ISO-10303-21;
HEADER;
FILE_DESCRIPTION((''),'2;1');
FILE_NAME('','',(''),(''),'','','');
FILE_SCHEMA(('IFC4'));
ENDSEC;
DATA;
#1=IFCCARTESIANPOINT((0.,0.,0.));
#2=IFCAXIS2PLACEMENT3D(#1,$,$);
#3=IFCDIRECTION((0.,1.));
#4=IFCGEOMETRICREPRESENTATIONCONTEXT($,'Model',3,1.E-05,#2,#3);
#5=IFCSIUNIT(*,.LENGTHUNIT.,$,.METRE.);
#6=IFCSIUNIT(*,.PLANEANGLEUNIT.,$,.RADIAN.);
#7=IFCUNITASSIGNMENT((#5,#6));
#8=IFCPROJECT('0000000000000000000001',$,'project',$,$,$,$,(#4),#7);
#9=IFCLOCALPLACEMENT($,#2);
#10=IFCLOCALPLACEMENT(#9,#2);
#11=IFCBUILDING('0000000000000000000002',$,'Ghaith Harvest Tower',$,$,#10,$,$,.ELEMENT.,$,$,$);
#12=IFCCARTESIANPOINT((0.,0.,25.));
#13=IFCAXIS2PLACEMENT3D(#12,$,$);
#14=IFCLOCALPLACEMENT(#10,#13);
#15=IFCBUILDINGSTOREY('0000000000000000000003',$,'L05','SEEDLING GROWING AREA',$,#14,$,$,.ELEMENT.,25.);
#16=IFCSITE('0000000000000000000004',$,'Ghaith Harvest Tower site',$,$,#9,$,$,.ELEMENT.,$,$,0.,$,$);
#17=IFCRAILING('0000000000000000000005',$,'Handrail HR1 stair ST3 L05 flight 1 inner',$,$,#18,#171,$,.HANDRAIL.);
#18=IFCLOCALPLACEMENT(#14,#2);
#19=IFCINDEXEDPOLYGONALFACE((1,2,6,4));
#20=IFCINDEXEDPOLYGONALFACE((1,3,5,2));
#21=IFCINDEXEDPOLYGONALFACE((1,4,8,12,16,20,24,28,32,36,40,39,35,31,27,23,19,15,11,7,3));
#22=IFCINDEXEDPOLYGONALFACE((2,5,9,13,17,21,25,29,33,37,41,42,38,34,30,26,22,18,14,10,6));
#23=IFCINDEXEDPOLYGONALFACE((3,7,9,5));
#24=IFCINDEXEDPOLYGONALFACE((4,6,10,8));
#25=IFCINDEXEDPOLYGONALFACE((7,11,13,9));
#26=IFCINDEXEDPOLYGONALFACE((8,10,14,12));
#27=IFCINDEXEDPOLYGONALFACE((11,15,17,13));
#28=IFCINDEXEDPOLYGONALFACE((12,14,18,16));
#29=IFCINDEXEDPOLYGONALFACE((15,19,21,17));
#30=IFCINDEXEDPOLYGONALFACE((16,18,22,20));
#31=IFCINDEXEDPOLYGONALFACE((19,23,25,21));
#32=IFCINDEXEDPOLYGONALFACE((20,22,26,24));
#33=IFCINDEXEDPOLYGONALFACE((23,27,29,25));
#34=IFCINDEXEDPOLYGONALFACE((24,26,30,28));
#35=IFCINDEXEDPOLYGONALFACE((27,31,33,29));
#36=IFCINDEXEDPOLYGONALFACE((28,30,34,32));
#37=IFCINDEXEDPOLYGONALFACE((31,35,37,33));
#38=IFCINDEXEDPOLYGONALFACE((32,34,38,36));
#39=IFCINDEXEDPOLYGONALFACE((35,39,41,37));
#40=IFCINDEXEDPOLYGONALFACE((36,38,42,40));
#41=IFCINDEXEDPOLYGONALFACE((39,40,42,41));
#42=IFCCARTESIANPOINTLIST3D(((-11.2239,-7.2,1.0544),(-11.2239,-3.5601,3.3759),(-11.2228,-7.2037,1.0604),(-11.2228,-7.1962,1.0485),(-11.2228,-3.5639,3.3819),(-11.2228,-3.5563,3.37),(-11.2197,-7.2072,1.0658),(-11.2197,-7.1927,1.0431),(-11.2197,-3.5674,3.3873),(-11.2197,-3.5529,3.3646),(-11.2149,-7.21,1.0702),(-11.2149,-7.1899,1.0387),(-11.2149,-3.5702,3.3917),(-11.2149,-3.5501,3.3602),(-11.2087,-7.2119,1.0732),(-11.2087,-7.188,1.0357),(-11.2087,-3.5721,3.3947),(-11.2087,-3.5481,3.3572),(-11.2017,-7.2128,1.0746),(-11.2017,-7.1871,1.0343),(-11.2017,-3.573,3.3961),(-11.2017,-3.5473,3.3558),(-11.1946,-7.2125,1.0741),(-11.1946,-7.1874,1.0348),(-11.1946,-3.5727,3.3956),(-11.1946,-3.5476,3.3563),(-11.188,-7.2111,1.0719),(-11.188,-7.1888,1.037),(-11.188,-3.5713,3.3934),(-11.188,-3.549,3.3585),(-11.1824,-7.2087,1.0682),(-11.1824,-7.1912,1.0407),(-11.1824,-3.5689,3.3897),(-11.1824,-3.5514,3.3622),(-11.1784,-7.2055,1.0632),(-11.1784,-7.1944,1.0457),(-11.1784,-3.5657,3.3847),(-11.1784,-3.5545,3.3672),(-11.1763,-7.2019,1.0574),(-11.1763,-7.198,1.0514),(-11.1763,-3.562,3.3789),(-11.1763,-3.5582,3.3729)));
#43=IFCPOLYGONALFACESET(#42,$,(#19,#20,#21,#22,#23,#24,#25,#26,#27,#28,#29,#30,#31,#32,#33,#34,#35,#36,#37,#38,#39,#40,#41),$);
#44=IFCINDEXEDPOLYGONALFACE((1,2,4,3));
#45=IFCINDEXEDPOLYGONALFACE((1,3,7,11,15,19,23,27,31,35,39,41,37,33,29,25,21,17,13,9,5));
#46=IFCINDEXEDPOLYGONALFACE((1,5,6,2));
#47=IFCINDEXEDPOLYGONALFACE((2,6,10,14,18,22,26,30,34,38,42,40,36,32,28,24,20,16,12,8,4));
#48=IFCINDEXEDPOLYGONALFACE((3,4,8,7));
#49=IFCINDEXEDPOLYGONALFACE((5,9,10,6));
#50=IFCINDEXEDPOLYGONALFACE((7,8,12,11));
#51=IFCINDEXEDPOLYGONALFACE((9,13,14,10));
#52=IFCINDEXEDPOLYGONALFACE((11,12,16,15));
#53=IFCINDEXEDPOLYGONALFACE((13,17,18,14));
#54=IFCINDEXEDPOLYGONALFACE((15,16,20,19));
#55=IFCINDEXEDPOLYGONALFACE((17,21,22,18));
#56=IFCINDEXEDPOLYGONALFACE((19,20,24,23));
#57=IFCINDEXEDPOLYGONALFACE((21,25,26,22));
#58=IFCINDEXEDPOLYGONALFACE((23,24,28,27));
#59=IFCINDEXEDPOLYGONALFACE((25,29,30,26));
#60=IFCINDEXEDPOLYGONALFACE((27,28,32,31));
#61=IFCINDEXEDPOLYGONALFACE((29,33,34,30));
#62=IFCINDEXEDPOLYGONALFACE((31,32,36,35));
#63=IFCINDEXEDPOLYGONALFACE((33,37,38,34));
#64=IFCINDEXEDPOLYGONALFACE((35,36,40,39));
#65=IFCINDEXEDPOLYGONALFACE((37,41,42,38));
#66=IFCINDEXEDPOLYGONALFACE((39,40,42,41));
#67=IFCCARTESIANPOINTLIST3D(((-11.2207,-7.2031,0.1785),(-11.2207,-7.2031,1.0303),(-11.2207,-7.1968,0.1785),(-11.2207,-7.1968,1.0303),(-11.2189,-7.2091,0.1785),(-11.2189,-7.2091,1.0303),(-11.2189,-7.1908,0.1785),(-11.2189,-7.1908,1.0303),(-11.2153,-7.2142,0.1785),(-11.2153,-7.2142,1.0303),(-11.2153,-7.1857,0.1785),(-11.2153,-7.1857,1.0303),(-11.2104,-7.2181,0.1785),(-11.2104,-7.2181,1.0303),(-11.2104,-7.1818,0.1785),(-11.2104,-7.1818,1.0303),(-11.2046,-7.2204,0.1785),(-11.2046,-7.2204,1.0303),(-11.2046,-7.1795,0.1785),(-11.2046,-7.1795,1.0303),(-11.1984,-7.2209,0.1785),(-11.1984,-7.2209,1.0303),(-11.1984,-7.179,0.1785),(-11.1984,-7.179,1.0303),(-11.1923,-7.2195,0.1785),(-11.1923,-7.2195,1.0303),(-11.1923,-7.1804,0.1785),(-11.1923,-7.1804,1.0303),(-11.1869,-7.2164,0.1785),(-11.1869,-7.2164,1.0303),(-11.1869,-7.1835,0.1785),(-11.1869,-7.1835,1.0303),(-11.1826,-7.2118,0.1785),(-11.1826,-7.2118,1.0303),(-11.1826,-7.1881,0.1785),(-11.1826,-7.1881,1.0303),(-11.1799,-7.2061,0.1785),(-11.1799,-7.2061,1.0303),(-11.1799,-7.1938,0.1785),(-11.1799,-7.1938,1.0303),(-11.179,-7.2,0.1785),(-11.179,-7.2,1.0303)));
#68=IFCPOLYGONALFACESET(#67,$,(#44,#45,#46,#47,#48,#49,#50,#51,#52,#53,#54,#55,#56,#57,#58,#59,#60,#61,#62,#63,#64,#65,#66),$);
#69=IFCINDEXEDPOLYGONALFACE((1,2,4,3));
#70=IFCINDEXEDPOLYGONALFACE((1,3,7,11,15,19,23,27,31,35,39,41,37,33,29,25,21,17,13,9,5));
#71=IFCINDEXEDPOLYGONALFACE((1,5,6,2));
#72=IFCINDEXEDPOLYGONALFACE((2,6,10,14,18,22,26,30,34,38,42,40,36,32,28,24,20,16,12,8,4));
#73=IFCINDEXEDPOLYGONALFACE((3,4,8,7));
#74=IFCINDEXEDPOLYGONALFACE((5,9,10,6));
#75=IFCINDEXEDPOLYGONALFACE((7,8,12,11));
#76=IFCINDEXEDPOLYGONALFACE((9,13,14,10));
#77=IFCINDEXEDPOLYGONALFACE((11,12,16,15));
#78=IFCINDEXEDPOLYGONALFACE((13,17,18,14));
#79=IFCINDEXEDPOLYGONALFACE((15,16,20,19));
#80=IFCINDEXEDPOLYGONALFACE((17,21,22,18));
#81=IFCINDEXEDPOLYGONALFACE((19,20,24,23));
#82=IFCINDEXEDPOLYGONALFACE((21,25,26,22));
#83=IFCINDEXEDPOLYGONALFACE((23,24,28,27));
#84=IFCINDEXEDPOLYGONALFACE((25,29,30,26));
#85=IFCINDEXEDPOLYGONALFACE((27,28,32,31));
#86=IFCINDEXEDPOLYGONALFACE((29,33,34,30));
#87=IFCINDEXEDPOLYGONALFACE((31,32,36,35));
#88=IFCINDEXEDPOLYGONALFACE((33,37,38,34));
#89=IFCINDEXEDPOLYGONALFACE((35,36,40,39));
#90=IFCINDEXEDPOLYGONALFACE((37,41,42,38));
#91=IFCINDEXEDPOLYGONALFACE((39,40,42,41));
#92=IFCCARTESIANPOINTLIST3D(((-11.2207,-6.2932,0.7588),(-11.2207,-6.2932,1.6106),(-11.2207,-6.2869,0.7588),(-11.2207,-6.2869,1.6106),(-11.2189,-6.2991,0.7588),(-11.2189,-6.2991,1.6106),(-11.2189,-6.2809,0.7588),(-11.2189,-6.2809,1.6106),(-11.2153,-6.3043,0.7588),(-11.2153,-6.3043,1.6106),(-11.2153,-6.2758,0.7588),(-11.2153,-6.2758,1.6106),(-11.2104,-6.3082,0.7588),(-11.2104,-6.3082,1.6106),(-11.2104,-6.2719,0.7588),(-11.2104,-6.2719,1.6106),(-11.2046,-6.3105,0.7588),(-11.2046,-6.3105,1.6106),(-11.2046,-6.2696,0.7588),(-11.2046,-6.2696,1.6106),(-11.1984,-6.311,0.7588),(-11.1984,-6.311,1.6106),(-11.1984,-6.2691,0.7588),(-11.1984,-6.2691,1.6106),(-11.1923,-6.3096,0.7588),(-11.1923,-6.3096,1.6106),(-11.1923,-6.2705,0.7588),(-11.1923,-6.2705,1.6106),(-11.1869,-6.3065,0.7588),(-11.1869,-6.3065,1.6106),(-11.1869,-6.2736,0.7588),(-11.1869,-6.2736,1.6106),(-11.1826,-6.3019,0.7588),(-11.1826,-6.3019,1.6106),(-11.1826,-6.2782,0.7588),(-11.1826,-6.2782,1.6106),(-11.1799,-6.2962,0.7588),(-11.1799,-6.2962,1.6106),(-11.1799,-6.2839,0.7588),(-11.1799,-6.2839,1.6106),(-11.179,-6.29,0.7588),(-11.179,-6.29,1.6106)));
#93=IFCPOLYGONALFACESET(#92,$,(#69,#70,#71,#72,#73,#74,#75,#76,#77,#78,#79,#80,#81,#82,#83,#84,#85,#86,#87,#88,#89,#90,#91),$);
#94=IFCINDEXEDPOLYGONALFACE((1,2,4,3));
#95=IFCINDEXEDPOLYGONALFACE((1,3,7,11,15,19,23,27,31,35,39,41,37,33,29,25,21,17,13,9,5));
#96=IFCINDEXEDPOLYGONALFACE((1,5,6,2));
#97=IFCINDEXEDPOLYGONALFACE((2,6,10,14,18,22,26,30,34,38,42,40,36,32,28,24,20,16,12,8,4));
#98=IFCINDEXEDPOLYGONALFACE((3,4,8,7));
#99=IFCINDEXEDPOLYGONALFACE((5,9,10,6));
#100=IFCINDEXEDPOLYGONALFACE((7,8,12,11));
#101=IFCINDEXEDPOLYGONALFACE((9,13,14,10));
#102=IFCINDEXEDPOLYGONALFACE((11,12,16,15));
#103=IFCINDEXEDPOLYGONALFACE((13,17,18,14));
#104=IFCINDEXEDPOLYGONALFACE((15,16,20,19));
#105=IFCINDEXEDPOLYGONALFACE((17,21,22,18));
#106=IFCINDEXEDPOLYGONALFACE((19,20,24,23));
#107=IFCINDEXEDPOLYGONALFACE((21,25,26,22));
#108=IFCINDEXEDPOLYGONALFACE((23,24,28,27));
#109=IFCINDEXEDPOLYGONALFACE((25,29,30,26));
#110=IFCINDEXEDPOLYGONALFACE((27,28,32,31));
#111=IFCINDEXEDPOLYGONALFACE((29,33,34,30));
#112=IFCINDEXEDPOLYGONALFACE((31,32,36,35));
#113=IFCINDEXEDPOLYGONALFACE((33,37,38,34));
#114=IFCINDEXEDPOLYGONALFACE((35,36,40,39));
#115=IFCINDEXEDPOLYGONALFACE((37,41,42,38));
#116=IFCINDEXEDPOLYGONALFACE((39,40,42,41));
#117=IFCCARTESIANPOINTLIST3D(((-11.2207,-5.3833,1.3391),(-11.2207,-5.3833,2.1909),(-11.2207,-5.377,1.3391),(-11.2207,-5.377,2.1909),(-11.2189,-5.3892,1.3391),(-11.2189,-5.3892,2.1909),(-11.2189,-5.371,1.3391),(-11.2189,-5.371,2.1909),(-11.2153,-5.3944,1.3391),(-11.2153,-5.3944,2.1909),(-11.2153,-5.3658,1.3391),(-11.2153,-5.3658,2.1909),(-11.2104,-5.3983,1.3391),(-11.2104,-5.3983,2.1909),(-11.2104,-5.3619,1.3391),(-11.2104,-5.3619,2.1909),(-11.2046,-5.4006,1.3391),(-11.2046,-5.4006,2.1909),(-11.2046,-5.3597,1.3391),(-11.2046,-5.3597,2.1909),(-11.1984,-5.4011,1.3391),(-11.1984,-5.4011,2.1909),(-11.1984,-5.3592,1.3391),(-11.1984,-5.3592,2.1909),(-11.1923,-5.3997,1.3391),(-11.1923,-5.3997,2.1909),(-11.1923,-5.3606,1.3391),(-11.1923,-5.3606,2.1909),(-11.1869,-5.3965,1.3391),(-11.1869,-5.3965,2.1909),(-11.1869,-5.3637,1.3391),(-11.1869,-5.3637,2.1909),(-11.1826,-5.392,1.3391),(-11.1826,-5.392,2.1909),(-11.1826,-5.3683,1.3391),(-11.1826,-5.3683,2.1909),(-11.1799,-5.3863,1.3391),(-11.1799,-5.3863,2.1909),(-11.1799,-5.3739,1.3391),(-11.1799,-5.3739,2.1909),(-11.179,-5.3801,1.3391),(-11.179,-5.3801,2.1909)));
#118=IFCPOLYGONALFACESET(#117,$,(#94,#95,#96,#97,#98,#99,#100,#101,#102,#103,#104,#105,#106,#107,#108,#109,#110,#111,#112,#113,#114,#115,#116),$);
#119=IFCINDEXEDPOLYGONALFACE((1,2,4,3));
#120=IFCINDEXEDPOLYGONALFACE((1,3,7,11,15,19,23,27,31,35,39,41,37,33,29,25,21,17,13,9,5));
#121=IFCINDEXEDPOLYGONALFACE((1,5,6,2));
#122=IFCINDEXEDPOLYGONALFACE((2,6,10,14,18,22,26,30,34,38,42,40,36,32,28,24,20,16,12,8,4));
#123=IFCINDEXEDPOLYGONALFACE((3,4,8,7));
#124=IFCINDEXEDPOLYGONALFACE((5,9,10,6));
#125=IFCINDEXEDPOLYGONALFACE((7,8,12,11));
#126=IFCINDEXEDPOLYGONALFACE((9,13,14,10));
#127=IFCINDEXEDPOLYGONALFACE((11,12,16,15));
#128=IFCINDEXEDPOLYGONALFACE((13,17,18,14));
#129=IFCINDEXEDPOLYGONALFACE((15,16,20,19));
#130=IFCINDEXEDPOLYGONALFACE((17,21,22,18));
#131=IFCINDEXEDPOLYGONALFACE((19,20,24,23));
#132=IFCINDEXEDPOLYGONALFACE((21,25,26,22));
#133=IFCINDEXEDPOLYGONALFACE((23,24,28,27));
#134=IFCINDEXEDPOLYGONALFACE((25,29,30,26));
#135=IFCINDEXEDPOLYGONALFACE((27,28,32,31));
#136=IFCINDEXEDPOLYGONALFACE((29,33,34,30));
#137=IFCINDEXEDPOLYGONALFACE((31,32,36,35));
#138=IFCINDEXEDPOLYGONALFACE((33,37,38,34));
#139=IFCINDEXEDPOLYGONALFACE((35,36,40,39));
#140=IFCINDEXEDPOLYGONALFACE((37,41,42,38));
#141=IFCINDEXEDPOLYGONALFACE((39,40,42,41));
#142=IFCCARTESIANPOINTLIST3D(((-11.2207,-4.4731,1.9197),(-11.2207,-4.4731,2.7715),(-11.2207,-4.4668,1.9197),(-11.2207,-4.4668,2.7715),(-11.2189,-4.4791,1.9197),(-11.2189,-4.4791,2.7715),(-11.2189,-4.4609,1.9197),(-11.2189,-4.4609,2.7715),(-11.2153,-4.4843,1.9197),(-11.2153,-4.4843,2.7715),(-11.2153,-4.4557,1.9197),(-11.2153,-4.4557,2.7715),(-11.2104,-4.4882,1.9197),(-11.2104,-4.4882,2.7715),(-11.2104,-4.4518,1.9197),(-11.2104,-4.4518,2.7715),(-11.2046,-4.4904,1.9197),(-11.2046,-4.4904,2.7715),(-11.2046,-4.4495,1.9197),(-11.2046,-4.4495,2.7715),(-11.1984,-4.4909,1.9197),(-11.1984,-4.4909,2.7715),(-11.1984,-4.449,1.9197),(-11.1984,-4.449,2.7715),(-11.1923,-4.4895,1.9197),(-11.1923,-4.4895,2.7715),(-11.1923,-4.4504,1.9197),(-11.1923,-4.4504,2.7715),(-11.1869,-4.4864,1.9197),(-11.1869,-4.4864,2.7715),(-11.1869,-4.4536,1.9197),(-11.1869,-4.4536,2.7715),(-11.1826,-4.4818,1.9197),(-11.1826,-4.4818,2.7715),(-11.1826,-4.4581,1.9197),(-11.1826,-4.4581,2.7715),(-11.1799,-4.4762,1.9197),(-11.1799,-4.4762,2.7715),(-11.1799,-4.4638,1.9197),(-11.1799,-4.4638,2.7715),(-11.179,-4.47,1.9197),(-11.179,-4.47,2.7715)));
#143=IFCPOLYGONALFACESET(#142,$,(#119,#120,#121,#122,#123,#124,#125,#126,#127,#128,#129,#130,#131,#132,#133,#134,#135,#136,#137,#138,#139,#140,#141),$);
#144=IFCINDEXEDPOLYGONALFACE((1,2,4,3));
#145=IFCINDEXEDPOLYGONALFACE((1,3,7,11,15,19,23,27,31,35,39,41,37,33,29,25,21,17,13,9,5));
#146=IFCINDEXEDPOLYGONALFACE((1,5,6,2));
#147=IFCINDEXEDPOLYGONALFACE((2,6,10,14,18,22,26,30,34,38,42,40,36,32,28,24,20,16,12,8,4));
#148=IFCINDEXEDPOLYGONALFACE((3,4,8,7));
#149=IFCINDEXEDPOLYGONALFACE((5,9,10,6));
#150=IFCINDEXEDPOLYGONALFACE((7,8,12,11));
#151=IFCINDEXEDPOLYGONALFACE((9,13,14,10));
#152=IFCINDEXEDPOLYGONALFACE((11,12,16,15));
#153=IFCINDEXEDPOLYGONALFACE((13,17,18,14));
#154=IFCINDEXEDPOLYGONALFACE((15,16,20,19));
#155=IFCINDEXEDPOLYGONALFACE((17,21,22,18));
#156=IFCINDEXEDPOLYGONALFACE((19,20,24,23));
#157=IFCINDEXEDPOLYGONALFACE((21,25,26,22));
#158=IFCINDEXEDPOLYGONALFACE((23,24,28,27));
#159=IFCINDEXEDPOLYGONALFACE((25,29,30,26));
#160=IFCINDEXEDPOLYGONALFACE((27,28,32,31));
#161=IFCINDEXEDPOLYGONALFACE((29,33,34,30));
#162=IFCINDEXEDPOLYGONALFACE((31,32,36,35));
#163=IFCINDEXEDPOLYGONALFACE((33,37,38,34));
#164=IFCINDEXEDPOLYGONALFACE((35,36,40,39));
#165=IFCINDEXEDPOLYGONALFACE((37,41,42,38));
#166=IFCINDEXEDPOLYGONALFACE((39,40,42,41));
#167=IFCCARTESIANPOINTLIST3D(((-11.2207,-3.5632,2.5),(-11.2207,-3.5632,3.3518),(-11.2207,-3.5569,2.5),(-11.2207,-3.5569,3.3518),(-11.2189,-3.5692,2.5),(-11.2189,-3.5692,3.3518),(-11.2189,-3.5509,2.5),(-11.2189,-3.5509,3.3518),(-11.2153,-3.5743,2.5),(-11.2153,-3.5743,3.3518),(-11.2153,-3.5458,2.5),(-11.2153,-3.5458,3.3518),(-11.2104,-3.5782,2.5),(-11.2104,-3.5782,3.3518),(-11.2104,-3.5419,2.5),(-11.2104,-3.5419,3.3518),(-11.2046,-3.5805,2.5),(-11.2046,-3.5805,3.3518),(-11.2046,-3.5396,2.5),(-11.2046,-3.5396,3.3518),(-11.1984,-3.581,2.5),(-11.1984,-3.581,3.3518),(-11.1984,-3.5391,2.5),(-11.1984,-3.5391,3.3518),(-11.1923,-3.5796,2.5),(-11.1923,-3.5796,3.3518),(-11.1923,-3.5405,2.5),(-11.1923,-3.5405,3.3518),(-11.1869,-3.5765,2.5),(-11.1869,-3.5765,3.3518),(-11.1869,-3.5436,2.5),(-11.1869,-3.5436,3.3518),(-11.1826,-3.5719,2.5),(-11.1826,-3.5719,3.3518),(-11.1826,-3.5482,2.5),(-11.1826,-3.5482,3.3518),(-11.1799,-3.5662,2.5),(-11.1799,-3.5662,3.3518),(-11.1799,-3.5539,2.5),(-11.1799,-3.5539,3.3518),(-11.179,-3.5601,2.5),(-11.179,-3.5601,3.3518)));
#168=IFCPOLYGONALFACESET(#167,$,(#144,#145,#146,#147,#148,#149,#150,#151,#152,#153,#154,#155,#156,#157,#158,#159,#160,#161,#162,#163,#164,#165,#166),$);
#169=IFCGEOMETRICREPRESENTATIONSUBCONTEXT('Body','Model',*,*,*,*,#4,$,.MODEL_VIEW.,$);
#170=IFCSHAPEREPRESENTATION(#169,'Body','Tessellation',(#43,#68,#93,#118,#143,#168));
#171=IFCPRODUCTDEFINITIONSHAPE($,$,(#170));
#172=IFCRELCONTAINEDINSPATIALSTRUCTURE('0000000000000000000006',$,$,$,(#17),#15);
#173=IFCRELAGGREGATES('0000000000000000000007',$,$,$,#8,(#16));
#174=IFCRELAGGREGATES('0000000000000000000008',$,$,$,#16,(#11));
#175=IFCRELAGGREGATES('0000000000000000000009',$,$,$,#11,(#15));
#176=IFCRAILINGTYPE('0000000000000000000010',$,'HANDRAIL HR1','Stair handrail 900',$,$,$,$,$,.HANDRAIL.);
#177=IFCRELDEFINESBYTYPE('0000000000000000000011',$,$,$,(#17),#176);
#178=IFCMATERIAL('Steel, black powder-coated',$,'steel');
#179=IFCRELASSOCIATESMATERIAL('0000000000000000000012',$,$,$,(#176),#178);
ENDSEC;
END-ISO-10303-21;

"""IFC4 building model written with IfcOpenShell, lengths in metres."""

from ifc_helpers import new_model, si_unit, direction, frame, origin, origin_2d, place, context, subcontext, project, spatial, circle, extrude, material, type_object, element, save


model = new_model("IFC4")

# Units and contexts
model_context = context("Model", 3, precision=1e-05, world=origin(), true_north=direction((0.0, 1.0)))
body_context = subcontext(model_context, "Body", "Model", "MODEL_VIEW")
ifc_project = project(units=[si_unit("LENGTHUNIT", "METRE"), si_unit("PLANEANGLEUNIT", "RADIAN")], contexts=[model_context])

# Site, building, storey
site_placement = place(None, origin())
site = spatial("IfcSite", under=ifc_project, at=site_placement, Name="Ghaith Harvest Tower site", CompositionType="ELEMENT", RefElevation=0.0)
building_placement = place(site_placement, origin())
building = spatial("IfcBuilding", under=site, at=building_placement, Name="Ghaith Harvest Tower", CompositionType="ELEMENT")
storey_placement = place(building_placement, frame((0.0, 0.0, 25.0)))
storey = spatial("IfcBuildingStorey", under=building, at=storey_placement, Name="L05", Description="SEEDLING GROWING AREA", CompositionType="ELEMENT", Elevation=25.0)

# Railing
ifc_material_1 = material(Name="Steel, black powder-coated", Category="steel")
railing_type = type_object("IfcRailingType", Name="HANDRAIL HR1", Description="Stair handrail 900", PredefinedType="HANDRAIL", material=ifc_material_1)
railing_1_placement = place(storey_placement, frame((-11.2, -7.2, 0.1785)))
element("IfcRailing", 1, at=railing_1_placement, inside=storey, type_object=railing_type, Name="Handrail HR1 stair ST3 L05 flight 1 inner", PredefinedType="HANDRAIL", context=body_context, shape_type="SweptSolid", body=[
    extrude(circle(Radius=0.0239, at=origin_2d()), frame((0.0, 0.0, 0.876), z_axis=(0.0, 0.843112, 0.537739), x_axis=(-1.0, 0.0, 0.0)), (0.0, 0.0, 1.0), 4.3171),
    extrude(circle(Radius=0.021, at=origin_2d()), origin(), (0.0, 0.0, 1.0), 0.8518),
    extrude(circle(Radius=0.021, at=origin_2d()), frame((0.0, 0.9099, 0.5803)), (0.0, 0.0, 1.0), 0.8518),
    extrude(circle(Radius=0.021, at=origin_2d()), frame((0.0, 1.8198, 1.1606)), (0.0, 0.0, 1.0), 0.8518),
    extrude(circle(Radius=0.021, at=origin_2d()), frame((0.0, 2.73, 1.7412)), (0.0, 0.0, 1.0), 0.8518),
    extrude(circle(Radius=0.021, at=origin_2d()), frame((0.0, 3.6399, 2.3215)), (0.0, 0.0, 1.0), 0.8518),
])

save(model, "model.ifc")
